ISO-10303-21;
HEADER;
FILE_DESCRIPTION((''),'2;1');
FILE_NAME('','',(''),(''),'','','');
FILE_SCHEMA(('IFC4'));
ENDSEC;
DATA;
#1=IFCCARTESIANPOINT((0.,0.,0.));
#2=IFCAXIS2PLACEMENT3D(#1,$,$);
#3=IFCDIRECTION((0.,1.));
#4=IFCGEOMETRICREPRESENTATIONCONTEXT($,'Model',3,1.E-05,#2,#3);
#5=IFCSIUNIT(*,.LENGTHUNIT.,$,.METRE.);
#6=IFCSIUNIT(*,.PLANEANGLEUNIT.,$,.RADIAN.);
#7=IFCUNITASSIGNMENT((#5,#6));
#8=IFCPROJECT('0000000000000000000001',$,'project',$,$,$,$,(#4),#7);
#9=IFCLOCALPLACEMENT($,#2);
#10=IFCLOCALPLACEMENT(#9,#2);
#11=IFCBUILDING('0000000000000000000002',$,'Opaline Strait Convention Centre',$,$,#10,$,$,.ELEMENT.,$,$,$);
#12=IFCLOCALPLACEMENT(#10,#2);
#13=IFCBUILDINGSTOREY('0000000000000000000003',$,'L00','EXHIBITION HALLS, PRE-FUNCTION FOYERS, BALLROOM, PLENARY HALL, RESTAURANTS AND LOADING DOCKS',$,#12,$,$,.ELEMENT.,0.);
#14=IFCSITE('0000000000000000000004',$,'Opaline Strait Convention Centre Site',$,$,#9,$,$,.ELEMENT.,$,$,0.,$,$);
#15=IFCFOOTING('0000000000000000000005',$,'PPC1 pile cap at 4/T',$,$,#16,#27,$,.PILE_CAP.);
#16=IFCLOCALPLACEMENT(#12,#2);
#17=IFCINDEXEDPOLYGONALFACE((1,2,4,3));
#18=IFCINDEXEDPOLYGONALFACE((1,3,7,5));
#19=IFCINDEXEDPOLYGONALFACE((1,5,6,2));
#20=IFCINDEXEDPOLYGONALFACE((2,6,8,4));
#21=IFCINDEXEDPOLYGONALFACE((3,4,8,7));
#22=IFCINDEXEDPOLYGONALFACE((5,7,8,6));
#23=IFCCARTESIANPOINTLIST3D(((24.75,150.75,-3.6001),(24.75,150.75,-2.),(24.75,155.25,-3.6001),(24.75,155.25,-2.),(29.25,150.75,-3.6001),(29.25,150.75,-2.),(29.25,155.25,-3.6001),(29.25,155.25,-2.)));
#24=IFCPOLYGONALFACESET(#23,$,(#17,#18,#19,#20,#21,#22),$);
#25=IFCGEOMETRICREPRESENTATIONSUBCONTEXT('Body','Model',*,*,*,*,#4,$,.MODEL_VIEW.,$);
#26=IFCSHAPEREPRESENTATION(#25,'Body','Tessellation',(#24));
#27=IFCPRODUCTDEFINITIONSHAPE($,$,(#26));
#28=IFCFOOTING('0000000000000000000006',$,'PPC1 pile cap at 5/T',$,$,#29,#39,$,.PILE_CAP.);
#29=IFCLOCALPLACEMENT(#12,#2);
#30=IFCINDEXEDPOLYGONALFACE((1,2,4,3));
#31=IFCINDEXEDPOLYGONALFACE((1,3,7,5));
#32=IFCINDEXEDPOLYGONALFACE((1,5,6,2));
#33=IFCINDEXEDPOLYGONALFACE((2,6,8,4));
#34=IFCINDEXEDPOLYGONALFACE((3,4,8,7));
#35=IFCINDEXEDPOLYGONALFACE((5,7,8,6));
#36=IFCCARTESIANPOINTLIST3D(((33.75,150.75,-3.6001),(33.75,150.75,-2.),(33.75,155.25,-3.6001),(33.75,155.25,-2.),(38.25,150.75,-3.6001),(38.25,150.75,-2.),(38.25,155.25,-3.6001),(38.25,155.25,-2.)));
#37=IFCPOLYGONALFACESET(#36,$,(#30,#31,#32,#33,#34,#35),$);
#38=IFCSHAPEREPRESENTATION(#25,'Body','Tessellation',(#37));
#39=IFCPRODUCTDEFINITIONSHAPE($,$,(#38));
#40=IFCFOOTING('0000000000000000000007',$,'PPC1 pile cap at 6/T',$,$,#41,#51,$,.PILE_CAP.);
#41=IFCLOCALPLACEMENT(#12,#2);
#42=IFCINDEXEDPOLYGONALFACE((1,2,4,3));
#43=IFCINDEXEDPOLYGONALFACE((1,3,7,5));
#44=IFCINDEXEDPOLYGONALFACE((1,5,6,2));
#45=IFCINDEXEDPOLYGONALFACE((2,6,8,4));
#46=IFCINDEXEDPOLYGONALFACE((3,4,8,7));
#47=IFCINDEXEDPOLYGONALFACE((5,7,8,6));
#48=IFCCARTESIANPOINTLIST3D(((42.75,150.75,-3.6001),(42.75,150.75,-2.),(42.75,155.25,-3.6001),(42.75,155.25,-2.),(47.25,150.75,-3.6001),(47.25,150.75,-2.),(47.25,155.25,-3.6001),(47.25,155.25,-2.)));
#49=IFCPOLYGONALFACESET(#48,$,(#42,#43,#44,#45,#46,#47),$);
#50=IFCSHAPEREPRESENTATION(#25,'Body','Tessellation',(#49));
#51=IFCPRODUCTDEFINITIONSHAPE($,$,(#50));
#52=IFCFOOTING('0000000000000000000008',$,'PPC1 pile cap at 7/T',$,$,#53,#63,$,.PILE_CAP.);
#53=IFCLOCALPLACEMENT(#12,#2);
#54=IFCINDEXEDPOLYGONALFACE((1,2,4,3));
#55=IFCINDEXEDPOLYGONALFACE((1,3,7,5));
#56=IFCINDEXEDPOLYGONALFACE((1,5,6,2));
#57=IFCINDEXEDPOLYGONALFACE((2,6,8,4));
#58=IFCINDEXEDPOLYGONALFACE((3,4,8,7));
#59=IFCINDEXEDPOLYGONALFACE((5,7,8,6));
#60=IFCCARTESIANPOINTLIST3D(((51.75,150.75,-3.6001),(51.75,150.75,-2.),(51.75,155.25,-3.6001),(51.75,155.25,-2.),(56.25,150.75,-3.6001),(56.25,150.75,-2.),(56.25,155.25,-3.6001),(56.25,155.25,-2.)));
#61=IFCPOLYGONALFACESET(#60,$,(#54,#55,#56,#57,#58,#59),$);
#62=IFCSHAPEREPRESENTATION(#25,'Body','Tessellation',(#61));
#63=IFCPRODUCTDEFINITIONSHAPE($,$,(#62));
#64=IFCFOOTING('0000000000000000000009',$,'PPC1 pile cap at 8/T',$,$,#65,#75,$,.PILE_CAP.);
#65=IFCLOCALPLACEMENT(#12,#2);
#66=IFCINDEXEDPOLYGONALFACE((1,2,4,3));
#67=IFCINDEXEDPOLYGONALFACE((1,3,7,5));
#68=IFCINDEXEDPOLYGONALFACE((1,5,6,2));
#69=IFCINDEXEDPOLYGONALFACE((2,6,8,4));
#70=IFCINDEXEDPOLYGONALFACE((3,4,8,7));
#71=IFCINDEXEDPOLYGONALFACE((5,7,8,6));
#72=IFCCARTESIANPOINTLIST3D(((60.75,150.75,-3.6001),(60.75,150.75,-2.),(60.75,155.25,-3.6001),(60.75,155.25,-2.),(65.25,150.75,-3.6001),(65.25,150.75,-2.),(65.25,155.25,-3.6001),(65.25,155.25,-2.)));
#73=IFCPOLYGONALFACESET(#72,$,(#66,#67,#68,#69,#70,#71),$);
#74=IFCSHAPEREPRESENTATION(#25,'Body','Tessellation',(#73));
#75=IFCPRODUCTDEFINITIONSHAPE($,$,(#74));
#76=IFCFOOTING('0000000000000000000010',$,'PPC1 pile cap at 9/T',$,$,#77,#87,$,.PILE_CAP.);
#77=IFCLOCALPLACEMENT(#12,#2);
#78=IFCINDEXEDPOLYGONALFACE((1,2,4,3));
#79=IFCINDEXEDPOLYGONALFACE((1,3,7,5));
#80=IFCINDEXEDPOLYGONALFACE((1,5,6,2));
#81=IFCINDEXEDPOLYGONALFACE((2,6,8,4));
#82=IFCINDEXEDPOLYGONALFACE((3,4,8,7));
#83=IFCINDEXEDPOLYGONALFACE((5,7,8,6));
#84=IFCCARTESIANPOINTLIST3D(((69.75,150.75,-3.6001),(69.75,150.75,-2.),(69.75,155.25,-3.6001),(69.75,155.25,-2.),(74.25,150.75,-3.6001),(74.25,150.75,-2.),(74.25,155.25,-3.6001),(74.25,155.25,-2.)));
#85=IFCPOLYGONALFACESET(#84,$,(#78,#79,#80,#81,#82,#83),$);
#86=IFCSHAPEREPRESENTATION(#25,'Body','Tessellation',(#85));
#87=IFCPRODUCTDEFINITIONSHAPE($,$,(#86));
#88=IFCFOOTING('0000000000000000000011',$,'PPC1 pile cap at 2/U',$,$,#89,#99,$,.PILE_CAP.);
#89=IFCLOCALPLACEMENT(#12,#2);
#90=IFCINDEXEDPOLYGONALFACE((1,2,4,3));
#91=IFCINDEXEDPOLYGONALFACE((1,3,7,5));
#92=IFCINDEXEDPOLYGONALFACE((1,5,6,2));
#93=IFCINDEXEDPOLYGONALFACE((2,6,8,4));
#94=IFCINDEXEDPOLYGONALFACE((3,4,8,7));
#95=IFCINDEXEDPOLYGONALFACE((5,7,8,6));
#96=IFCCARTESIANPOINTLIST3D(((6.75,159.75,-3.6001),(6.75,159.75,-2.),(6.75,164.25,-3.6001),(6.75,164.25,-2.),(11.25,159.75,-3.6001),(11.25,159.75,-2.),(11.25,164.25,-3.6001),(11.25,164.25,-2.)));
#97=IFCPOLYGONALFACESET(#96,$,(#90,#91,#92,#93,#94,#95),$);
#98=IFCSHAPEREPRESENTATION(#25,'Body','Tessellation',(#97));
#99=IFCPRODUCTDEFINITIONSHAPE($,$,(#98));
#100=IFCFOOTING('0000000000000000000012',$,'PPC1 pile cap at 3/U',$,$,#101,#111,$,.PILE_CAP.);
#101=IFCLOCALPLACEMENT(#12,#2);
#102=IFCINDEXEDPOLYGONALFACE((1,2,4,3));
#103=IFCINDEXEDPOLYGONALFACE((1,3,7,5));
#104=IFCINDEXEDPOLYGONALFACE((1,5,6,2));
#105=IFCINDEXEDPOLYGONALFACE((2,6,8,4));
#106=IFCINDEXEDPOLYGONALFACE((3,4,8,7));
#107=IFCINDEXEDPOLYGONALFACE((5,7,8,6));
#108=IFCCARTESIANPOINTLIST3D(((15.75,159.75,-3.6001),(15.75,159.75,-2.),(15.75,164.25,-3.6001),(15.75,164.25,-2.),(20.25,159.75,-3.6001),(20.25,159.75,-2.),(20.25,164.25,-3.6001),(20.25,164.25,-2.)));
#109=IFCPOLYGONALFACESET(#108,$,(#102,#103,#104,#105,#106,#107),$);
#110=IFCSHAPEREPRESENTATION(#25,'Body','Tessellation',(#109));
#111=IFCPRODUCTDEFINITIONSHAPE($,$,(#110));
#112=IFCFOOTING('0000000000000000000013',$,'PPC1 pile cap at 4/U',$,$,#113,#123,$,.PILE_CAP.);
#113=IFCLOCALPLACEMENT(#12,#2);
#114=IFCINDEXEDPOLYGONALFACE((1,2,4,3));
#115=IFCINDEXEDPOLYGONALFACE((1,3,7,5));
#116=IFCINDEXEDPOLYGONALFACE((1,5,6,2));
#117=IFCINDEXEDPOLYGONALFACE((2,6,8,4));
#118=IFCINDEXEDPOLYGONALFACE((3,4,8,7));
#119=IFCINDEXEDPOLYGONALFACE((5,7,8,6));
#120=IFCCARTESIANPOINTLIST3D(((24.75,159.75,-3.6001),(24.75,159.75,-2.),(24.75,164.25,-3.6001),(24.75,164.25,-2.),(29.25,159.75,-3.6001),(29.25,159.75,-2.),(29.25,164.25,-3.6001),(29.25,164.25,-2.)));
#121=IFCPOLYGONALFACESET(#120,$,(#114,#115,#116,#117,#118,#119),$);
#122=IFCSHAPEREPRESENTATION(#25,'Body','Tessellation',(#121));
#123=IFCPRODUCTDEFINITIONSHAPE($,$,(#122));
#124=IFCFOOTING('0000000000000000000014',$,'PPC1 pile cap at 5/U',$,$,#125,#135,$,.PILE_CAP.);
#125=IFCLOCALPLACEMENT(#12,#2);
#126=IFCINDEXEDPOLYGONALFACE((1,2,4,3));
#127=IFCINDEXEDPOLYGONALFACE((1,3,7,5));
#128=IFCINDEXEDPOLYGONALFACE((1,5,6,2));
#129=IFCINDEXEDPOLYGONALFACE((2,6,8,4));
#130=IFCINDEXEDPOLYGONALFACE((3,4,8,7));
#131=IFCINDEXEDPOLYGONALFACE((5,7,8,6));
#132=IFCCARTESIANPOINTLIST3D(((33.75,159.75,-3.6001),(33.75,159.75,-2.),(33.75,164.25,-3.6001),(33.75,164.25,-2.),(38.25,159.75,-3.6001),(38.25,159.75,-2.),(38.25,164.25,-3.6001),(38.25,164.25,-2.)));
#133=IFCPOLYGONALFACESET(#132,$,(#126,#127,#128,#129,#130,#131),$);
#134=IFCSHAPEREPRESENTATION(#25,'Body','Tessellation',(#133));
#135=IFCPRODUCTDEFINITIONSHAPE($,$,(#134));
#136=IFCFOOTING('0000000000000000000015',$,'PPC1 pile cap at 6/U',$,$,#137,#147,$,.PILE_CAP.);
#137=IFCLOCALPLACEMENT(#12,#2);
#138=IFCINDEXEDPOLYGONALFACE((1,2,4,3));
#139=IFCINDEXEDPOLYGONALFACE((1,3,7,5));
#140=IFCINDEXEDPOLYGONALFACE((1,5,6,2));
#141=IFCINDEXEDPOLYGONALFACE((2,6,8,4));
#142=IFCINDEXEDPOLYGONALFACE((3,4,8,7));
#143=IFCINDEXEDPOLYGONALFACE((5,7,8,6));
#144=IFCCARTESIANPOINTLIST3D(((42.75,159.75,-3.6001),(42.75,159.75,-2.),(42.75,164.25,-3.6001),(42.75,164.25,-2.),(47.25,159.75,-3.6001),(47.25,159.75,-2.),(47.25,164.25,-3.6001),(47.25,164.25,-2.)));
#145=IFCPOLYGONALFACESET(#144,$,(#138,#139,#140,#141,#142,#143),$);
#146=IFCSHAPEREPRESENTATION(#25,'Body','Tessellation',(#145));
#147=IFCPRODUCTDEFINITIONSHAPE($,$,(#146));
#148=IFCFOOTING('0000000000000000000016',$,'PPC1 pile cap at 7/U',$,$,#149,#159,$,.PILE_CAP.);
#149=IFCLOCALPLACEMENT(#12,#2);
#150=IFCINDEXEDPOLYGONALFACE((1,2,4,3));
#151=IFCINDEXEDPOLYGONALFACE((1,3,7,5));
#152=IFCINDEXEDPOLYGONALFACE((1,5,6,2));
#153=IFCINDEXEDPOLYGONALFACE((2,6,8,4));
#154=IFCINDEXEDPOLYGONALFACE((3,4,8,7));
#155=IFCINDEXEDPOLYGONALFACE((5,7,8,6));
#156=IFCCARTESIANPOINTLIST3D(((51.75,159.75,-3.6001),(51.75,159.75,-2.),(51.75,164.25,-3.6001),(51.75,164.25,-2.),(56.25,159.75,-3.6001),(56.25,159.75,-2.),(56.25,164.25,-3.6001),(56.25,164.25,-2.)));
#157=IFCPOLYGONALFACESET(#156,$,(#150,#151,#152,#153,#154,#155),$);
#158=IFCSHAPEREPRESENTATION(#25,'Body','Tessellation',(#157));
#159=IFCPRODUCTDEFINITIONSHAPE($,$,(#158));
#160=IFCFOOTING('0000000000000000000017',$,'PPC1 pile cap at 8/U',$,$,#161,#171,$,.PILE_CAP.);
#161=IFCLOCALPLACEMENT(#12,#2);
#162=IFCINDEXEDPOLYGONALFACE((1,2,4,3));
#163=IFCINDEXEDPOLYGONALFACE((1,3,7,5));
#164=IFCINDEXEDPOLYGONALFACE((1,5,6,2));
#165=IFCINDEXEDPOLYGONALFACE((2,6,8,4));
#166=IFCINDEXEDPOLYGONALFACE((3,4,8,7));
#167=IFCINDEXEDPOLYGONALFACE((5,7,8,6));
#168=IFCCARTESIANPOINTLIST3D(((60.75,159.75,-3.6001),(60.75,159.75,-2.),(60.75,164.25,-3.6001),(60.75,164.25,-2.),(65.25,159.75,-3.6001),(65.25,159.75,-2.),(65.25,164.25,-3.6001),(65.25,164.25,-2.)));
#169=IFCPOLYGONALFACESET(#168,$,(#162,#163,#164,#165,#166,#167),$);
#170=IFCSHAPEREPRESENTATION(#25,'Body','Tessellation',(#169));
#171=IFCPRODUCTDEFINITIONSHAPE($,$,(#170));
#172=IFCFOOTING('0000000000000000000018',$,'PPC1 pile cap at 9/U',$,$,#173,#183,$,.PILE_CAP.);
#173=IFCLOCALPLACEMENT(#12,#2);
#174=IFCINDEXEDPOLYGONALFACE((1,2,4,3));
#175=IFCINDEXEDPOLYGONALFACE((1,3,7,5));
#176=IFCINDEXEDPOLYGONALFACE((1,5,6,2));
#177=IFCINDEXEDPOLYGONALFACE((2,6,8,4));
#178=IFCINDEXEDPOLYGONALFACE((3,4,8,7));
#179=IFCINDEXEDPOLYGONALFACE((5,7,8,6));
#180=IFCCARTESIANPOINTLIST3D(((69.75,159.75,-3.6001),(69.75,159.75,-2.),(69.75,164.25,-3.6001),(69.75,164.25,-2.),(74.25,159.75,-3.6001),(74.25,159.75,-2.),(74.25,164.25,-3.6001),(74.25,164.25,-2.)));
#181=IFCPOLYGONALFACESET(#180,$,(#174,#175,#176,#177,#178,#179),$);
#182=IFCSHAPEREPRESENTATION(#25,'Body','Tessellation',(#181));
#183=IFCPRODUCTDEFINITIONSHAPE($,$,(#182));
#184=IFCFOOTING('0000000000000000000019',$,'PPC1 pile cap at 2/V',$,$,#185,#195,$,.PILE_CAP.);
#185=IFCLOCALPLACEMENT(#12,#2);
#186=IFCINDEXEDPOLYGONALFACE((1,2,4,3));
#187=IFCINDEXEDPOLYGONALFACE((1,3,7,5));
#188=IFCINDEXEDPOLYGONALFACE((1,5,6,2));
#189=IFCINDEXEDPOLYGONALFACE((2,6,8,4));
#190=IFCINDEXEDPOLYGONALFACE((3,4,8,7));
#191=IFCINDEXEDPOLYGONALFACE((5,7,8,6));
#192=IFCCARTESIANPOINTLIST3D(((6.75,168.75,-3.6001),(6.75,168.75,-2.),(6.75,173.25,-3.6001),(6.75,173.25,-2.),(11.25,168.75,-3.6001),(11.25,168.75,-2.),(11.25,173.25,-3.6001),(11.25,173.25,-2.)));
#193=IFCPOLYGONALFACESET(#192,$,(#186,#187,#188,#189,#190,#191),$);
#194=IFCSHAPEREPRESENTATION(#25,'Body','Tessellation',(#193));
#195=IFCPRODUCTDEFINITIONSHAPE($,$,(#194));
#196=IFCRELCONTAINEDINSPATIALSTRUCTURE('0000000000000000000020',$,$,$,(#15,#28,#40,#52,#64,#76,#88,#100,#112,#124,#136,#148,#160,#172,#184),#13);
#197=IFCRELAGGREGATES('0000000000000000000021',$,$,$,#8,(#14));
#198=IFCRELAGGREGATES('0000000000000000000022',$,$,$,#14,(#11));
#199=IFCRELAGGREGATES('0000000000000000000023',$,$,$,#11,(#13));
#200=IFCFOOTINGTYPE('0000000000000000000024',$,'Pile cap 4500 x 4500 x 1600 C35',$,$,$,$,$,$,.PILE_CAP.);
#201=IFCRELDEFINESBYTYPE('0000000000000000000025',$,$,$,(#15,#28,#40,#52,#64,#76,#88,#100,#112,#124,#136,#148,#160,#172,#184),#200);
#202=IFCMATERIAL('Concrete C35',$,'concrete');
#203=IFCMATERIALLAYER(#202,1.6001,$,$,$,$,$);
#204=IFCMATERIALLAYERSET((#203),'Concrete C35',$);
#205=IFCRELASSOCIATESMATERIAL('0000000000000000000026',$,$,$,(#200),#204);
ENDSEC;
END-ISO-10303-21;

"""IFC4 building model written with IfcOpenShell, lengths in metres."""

from ifc_helpers import new_model, si_unit, direction, frame, origin, place, context, subcontext, project, spatial, polyline, outline, extrude, material, layer, layer_set, type_object, element, save


model = new_model("IFC4")

# Units and contexts
model_context = context("Model", 3, precision=1e-05, world=origin(), true_north=direction((0.0, 1.0)))
body_context = subcontext(model_context, "Body", "Model", "MODEL_VIEW")
ifc_project = project(units=[si_unit("LENGTHUNIT", "METRE"), si_unit("PLANEANGLEUNIT", "RADIAN")], contexts=[model_context])

# Site, building, storey
site_placement = place(None, origin())
site = spatial("IfcSite", under=ifc_project, at=site_placement, Name="Opaline Strait Convention Centre Site", CompositionType="ELEMENT", RefElevation=0.0)
building_placement = place(site_placement, origin())
building = spatial("IfcBuilding", under=site, at=building_placement, Name="Opaline Strait Convention Centre", CompositionType="ELEMENT")
storey_placement = place(building_placement, origin())
storey = spatial("IfcBuildingStorey", under=building, at=storey_placement, Name="L00", Description="EXHIBITION HALLS, PRE-FUNCTION FOYERS, BALLROOM, PLENARY HALL, RESTAURANTS AND LOADING DOCKS", CompositionType="ELEMENT", Elevation=0.0)

# Footings
ifc_material = material(Name="Concrete C35", Category="concrete")
ifc_layer = layer(ifc_material, 1.6001)
ifc_layer_set = layer_set([ifc_layer], Name="Concrete C35")
footing_type = type_object("IfcFootingType", Name="Pile cap 4500 x 4500 x 1600 C35", PredefinedType="PILE_CAP", material=ifc_layer_set)
footing_1_placement = place(storey_placement, frame((0.0, 0.0, -3.6001)))
element("IfcFooting", 1, at=footing_1_placement, inside=storey, type_object=footing_type, Name="PPC1 pile cap at 4/T", PredefinedType="PILE_CAP", context=body_context, shape_type="SweptSolid", body=[
    extrude(outline(polyline([(24.75, 150.75), (29.25, 150.75), (29.25, 155.25), (24.75, 155.25), (24.75, 150.75)])), origin(), (0.0, 0.0, 1.0), 1.6001),
])
footing_2_placement = place(storey_placement, frame((0.0, 0.0, -3.6001)))
element("IfcFooting", 2, at=footing_2_placement, inside=storey, type_object=footing_type, Name="PPC1 pile cap at 5/T", PredefinedType="PILE_CAP", context=body_context, shape_type="SweptSolid", body=[
    extrude(outline(polyline([(33.75, 150.75), (38.25, 150.75), (38.25, 155.25), (33.75, 155.25), (33.75, 150.75)])), origin(), (0.0, 0.0, 1.0), 1.6001),
])
footing_3_placement = place(storey_placement, frame((0.0, 0.0, -3.6001)))
element("IfcFooting", 3, at=footing_3_placement, inside=storey, type_object=footing_type, Name="PPC1 pile cap at 6/T", PredefinedType="PILE_CAP", context=body_context, shape_type="SweptSolid", body=[
    extrude(outline(polyline([(42.75, 150.75), (47.25, 150.75), (47.25, 155.25), (42.75, 155.25), (42.75, 150.75)])), origin(), (0.0, 0.0, 1.0), 1.6001),
])
footing_4_placement = place(storey_placement, frame((0.0, 0.0, -3.6001)))
element("IfcFooting", 4, at=footing_4_placement, inside=storey, type_object=footing_type, Name="PPC1 pile cap at 7/T", PredefinedType="PILE_CAP", context=body_context, shape_type="SweptSolid", body=[
    extrude(outline(polyline([(51.75, 150.75), (56.25, 150.75), (56.25, 155.25), (51.75, 155.25), (51.75, 150.75)])), origin(), (0.0, 0.0, 1.0), 1.6001),
])
footing_5_placement = place(storey_placement, frame((0.0, 0.0, -3.6001)))
element("IfcFooting", 5, at=footing_5_placement, inside=storey, type_object=footing_type, Name="PPC1 pile cap at 8/T", PredefinedType="PILE_CAP", context=body_context, shape_type="SweptSolid", body=[
    extrude(outline(polyline([(60.75, 150.75), (65.25, 150.75), (65.25, 155.25), (60.75, 155.25), (60.75, 150.75)])), origin(), (0.0, 0.0, 1.0), 1.6001),
])
footing_6_placement = place(storey_placement, frame((0.0, 0.0, -3.6001)))
element("IfcFooting", 6, at=footing_6_placement, inside=storey, type_object=footing_type, Name="PPC1 pile cap at 9/T", PredefinedType="PILE_CAP", context=body_context, shape_type="SweptSolid", body=[
    extrude(outline(polyline([(69.75, 150.75), (74.25, 150.75), (74.25, 155.25), (69.75, 155.25), (69.75, 150.75)])), origin(), (0.0, 0.0, 1.0), 1.6001),
])
footing_7_placement = place(storey_placement, frame((0.0, 0.0, -3.6001)))
element("IfcFooting", 7, at=footing_7_placement, inside=storey, type_object=footing_type, Name="PPC1 pile cap at 2/U", PredefinedType="PILE_CAP", context=body_context, shape_type="SweptSolid", body=[
    extrude(outline(polyline([(6.75, 159.75), (11.25, 159.75), (11.25, 164.25), (6.75, 164.25), (6.75, 159.75)])), origin(), (0.0, 0.0, 1.0), 1.6001),
])
footing_8_placement = place(storey_placement, frame((0.0, 0.0, -3.6001)))
element("IfcFooting", 8, at=footing_8_placement, inside=storey, type_object=footing_type, Name="PPC1 pile cap at 3/U", PredefinedType="PILE_CAP", context=body_context, shape_type="SweptSolid", body=[
    extrude(outline(polyline([(15.75, 159.75), (20.25, 159.75), (20.25, 164.25), (15.75, 164.25), (15.75, 159.75)])), origin(), (0.0, 0.0, 1.0), 1.6001),
])
footing_9_placement = place(storey_placement, frame((0.0, 0.0, -3.6001)))
element("IfcFooting", 9, at=footing_9_placement, inside=storey, type_object=footing_type, Name="PPC1 pile cap at 4/U", PredefinedType="PILE_CAP", context=body_context, shape_type="SweptSolid", body=[
    extrude(outline(polyline([(24.75, 159.75), (29.25, 159.75), (29.25, 164.25), (24.75, 164.25), (24.75, 159.75)])), origin(), (0.0, 0.0, 1.0), 1.6001),
])
footing_10_placement = place(storey_placement, frame((0.0, 0.0, -3.6001)))
element("IfcFooting", 10, at=footing_10_placement, inside=storey, type_object=footing_type, Name="PPC1 pile cap at 5/U", PredefinedType="PILE_CAP", context=body_context, shape_type="SweptSolid", body=[
    extrude(outline(polyline([(33.75, 159.75), (38.25, 159.75), (38.25, 164.25), (33.75, 164.25), (33.75, 159.75)])), origin(), (0.0, 0.0, 1.0), 1.6001),
])
footing_11_placement = place(storey_placement, frame((0.0, 0.0, -3.6001)))
element("IfcFooting", 11, at=footing_11_placement, inside=storey, type_object=footing_type, Name="PPC1 pile cap at 6/U", PredefinedType="PILE_CAP", context=body_context, shape_type="SweptSolid", body=[
    extrude(outline(polyline([(42.75, 159.75), (47.25, 159.75), (47.25, 164.25), (42.75, 164.25), (42.75, 159.75)])), origin(), (0.0, 0.0, 1.0), 1.6001),
])
footing_12_placement = place(storey_placement, frame((0.0, 0.0, -3.6001)))
element("IfcFooting", 12, at=footing_12_placement, inside=storey, type_object=footing_type, Name="PPC1 pile cap at 7/U", PredefinedType="PILE_CAP", context=body_context, shape_type="SweptSolid", body=[
    extrude(outline(polyline([(51.75, 159.75), (56.25, 159.75), (56.25, 164.25), (51.75, 164.25), (51.75, 159.75)])), origin(), (0.0, 0.0, 1.0), 1.6001),
])
footing_13_placement = place(storey_placement, frame((0.0, 0.0, -3.6001)))
element("IfcFooting", 13, at=footing_13_placement, inside=storey, type_object=footing_type, Name="PPC1 pile cap at 8/U", PredefinedType="PILE_CAP", context=body_context, shape_type="SweptSolid", body=[
    extrude(outline(polyline([(60.75, 159.75), (65.25, 159.75), (65.25, 164.25), (60.75, 164.25), (60.75, 159.75)])), origin(), (0.0, 0.0, 1.0), 1.6001),
])
footing_14_placement = place(storey_placement, frame((0.0, 0.0, -3.6001)))
element("IfcFooting", 14, at=footing_14_placement, inside=storey, type_object=footing_type, Name="PPC1 pile cap at 9/U", PredefinedType="PILE_CAP", context=body_context, shape_type="SweptSolid", body=[
    extrude(outline(polyline([(69.75, 159.75), (74.25, 159.75), (74.25, 164.25), (69.75, 164.25), (69.75, 159.75)])), origin(), (0.0, 0.0, 1.0), 1.6001),
])
footing_15_placement = place(storey_placement, frame((0.0, 0.0, -3.6001)))
element("IfcFooting", 15, at=footing_15_placement, inside=storey, type_object=footing_type, Name="PPC1 pile cap at 2/V", PredefinedType="PILE_CAP", context=body_context, shape_type="SweptSolid", body=[
    extrude(outline(polyline([(6.75, 168.75), (11.25, 168.75), (11.25, 173.25), (6.75, 173.25), (6.75, 168.75)])), origin(), (0.0, 0.0, 1.0), 1.6001),
])

save(model, "model.ifc")
